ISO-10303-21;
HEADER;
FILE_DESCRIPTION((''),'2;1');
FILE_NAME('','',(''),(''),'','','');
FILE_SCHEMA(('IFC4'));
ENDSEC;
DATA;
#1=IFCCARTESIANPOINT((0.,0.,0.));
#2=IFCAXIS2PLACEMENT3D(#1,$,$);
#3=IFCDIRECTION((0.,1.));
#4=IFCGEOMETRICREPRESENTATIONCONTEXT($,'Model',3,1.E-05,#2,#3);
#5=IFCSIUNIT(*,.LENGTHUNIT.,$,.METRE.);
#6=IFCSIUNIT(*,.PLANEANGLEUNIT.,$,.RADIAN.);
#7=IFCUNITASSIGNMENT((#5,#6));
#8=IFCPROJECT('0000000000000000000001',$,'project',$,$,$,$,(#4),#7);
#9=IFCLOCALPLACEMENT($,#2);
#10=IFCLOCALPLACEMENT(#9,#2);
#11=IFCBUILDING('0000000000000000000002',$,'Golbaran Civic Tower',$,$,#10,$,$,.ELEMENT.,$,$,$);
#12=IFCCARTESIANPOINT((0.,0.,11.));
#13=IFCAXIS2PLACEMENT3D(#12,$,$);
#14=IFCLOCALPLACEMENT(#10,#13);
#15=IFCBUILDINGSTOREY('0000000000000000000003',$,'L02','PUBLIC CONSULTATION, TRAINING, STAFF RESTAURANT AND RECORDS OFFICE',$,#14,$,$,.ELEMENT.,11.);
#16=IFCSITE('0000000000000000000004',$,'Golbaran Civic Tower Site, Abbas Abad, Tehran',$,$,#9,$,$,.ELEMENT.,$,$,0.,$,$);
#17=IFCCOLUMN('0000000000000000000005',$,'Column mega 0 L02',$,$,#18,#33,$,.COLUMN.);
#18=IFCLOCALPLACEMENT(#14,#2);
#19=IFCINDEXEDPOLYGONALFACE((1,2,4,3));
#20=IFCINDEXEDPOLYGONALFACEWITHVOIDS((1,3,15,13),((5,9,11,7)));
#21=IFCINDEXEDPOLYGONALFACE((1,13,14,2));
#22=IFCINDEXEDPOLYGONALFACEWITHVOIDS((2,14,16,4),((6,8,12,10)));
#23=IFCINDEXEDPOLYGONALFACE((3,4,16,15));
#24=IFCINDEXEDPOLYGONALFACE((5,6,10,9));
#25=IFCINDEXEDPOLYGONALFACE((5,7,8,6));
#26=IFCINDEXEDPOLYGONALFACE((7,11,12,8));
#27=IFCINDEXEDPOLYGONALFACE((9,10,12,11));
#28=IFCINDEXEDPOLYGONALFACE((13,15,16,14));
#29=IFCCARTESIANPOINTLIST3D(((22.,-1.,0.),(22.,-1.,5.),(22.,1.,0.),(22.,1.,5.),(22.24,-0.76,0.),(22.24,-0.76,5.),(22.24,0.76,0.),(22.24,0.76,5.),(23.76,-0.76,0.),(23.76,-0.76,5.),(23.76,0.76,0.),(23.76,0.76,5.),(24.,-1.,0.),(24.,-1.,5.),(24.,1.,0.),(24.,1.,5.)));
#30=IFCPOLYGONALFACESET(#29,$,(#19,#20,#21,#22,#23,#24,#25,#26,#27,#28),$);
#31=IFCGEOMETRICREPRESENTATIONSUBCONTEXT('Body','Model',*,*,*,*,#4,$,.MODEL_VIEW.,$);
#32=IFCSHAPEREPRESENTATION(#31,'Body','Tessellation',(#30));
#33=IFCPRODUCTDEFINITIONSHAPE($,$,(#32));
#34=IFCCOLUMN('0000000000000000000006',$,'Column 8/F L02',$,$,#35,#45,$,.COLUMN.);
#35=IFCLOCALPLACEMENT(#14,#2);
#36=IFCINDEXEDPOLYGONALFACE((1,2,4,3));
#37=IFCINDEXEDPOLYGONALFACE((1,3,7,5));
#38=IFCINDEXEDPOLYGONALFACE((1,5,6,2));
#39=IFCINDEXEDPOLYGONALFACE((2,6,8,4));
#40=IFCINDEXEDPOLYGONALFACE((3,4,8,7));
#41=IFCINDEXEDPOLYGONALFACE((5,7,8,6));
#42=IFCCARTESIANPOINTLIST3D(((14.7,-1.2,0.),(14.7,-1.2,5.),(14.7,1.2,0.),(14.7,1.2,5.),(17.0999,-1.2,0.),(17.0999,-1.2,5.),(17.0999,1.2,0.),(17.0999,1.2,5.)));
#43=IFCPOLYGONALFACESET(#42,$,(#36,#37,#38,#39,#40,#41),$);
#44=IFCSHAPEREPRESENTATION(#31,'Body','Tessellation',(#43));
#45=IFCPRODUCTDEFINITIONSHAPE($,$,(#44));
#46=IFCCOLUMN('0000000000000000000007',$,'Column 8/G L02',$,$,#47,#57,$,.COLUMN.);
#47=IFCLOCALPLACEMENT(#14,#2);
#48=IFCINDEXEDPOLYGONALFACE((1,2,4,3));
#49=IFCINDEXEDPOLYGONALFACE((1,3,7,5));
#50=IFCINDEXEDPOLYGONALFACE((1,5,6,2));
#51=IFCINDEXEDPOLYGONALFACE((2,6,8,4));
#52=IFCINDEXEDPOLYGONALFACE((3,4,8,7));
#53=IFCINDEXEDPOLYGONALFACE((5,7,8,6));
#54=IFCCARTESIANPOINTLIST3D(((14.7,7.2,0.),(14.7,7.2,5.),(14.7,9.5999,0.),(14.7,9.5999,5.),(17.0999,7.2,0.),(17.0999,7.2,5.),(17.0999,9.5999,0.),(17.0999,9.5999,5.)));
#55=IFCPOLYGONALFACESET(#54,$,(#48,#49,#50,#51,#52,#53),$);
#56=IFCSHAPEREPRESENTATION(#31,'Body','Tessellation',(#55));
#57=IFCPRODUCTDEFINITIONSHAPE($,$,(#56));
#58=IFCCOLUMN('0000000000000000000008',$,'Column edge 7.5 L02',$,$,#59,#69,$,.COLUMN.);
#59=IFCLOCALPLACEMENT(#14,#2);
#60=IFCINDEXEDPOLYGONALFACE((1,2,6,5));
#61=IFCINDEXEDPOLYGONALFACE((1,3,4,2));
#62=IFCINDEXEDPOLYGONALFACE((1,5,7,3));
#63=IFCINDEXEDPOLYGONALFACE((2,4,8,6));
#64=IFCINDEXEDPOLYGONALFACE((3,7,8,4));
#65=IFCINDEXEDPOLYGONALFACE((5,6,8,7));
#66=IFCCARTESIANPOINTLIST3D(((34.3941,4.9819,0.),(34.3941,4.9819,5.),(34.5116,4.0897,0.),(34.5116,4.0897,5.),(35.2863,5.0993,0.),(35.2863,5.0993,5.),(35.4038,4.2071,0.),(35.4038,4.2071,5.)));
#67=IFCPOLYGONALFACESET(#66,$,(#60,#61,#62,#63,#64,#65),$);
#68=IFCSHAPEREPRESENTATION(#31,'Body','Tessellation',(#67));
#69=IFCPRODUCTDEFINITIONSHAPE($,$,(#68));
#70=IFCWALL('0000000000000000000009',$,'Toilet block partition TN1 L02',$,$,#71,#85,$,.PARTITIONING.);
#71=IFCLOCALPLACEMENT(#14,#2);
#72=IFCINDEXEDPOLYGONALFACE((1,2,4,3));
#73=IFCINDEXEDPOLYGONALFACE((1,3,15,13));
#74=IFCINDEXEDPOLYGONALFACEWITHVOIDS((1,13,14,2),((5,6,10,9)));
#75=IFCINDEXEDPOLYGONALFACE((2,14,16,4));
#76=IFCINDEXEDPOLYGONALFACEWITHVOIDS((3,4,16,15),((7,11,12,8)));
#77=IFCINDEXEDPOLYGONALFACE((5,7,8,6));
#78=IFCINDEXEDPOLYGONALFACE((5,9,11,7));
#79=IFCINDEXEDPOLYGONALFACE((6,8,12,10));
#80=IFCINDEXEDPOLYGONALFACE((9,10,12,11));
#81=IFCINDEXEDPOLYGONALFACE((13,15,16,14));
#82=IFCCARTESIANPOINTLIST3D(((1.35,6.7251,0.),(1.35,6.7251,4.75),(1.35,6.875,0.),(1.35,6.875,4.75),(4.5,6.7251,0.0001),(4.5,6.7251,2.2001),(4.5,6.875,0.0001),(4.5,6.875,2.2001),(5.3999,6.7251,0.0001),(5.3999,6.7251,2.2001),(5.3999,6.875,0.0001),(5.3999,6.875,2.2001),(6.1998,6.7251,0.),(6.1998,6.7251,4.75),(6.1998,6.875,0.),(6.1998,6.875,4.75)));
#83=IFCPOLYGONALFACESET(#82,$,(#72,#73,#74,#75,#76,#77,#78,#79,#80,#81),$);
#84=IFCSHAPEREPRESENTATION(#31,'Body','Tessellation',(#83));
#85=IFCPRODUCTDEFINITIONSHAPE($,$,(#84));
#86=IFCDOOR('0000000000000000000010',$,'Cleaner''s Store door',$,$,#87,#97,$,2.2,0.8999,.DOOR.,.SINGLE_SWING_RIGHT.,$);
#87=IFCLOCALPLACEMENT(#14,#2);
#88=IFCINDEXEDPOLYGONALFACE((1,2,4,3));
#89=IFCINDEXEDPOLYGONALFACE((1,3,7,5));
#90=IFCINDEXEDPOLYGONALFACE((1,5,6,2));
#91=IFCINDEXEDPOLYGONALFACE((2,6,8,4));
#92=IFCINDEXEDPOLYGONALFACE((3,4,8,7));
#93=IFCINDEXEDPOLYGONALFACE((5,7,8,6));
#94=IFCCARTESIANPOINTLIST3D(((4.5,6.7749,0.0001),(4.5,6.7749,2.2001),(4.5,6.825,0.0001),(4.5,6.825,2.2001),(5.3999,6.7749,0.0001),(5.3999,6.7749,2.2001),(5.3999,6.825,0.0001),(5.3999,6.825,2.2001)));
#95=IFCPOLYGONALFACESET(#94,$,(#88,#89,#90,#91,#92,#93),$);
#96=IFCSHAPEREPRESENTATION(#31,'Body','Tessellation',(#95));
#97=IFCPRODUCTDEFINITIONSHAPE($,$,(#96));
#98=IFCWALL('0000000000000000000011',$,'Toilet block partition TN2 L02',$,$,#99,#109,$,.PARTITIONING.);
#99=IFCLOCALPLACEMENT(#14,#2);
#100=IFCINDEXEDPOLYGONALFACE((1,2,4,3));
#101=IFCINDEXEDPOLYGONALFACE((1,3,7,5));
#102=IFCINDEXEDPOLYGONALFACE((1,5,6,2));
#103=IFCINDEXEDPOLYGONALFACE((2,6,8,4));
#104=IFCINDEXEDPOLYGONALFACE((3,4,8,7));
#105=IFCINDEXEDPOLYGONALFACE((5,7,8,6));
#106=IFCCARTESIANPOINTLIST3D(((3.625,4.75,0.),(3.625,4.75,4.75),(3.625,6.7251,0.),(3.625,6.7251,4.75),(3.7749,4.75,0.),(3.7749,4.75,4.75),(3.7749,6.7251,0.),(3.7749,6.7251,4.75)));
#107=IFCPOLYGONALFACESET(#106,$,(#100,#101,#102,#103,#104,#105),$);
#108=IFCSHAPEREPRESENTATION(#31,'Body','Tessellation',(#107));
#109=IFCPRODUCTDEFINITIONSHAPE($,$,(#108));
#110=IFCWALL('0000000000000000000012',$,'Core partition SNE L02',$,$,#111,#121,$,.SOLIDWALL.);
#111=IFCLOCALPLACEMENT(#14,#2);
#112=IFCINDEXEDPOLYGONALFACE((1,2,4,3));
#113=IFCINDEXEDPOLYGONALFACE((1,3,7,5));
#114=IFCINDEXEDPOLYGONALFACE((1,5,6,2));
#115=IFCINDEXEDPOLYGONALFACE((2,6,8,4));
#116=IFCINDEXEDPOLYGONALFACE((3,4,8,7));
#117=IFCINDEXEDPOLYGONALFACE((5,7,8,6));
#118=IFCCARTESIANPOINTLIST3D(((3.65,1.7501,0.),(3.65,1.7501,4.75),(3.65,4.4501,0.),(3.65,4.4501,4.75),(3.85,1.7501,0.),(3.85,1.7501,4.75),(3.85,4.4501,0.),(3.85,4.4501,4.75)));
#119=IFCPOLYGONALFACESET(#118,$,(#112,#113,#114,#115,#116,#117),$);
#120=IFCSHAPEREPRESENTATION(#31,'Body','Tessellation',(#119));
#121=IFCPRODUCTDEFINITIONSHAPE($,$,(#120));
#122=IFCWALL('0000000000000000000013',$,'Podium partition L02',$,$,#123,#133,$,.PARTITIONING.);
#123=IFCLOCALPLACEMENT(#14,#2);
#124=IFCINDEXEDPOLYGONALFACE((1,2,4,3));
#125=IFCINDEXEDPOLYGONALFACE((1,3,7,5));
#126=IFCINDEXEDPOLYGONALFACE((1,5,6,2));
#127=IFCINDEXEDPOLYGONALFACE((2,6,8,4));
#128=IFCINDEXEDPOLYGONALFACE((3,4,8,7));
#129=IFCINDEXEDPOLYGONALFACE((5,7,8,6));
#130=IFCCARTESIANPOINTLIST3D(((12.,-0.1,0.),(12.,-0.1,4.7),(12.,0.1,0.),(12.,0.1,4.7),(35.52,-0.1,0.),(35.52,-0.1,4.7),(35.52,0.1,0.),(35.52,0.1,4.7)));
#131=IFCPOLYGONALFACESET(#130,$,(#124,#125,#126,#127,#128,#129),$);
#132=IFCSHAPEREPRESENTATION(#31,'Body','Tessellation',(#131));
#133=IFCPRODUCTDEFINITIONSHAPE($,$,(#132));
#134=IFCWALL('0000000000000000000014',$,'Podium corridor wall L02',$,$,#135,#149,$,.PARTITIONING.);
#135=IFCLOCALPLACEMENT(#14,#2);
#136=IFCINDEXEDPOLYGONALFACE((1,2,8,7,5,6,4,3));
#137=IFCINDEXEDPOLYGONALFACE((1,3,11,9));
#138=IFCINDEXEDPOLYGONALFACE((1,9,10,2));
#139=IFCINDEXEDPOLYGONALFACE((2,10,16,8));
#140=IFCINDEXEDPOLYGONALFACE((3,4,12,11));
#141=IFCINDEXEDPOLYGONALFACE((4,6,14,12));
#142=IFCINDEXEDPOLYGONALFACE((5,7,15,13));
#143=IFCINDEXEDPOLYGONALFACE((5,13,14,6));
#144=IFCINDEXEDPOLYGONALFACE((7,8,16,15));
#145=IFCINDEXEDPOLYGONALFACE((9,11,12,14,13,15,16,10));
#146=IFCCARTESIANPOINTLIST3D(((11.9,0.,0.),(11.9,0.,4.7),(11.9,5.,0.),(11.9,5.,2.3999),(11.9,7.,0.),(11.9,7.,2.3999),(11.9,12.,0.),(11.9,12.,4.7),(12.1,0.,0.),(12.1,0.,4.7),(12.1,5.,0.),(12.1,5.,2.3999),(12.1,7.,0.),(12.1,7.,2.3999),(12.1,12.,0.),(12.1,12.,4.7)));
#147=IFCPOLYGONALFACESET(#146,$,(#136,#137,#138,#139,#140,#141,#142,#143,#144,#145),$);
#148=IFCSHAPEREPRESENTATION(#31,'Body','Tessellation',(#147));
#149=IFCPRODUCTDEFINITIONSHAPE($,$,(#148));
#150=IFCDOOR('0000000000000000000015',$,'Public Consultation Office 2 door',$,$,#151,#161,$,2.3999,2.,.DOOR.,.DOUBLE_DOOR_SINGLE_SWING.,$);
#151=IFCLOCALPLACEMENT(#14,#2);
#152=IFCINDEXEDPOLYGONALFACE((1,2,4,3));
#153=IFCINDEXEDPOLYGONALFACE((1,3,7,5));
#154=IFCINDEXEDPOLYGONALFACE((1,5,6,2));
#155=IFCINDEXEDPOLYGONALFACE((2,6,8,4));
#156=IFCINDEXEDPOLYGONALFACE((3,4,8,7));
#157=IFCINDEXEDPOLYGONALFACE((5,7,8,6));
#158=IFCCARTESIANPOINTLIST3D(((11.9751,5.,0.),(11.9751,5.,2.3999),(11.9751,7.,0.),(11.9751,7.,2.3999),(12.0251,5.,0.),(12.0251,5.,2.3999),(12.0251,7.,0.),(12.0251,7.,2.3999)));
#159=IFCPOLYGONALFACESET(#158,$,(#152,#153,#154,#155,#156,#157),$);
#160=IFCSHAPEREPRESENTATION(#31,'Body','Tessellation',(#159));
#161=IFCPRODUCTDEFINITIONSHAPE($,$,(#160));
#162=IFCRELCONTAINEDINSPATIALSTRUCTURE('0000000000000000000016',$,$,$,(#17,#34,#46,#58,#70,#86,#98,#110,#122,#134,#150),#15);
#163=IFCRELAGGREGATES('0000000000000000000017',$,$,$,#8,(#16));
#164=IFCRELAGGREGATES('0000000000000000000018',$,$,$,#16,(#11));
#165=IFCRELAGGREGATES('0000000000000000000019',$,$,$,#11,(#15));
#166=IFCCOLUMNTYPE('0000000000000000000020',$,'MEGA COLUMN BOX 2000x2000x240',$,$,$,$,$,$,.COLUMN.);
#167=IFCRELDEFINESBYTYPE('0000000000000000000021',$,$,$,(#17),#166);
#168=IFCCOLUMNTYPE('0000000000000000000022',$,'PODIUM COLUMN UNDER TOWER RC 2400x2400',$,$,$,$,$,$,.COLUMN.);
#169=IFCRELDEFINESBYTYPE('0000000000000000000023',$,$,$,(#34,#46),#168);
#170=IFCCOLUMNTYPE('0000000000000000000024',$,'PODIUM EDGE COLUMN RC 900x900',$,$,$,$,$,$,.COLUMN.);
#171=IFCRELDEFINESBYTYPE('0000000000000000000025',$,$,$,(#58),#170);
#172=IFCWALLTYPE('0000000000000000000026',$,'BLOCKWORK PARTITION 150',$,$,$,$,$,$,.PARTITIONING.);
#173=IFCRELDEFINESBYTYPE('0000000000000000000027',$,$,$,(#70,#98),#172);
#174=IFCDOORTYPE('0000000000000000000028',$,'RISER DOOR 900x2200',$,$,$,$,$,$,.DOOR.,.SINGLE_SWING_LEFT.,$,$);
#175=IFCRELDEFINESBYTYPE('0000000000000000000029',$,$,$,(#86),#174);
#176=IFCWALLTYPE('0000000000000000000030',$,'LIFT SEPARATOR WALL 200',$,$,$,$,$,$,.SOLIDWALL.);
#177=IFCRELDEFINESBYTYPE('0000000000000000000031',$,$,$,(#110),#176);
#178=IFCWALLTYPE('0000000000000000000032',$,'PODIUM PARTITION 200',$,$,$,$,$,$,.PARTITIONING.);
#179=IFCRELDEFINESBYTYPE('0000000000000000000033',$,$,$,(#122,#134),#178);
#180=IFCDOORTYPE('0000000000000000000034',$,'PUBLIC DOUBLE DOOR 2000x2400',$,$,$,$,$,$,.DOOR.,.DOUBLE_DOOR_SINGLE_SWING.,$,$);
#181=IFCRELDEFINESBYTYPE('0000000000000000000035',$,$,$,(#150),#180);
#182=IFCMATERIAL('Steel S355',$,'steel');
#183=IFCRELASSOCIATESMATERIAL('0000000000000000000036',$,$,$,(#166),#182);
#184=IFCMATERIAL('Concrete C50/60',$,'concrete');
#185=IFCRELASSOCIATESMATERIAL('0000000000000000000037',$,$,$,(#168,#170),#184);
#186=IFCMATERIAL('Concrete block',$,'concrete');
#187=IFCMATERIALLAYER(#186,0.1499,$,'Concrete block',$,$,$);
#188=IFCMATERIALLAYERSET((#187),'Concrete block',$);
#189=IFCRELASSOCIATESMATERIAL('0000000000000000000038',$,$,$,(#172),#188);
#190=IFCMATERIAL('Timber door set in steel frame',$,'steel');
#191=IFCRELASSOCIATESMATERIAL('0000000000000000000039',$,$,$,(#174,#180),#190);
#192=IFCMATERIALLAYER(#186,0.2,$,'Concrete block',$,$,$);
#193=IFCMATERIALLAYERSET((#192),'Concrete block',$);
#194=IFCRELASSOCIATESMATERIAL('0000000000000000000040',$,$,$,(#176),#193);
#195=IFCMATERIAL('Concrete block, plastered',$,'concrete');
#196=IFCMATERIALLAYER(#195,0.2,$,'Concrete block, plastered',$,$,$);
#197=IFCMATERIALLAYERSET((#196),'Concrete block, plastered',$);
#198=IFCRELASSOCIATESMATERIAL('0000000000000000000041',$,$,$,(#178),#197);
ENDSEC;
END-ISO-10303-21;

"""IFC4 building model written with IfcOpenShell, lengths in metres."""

from ifc_helpers import new_model, si_unit, direction, frame, frame_2d, origin, origin_2d, place, context, subcontext, project, spatial, rectangle, hollow_rectangle, extrude, material, layer, layer_set, material_profile, profile_set, type_object, element, fill, save


model = new_model("IFC4")

# Units and contexts
model_context = context("Model", 3, precision=1e-05, world=origin(), true_north=direction((0.0, 1.0)))
body_context = subcontext(model_context, "Body", "Model", "MODEL_VIEW")
ifc_project = project(units=[si_unit("LENGTHUNIT", "METRE"), si_unit("PLANEANGLEUNIT", "RADIAN")], contexts=[model_context])

# Site, building, storey
site_placement = place(None, origin())
site = spatial("IfcSite", under=ifc_project, at=site_placement, Name="Golbaran Civic Tower Site, Abbas Abad, Tehran", CompositionType="ELEMENT", RefElevation=0.0)
building_placement = place(site_placement, origin())
building = spatial("IfcBuilding", under=site, at=building_placement, Name="Golbaran Civic Tower", CompositionType="ELEMENT")
storey_placement = place(building_placement, frame((0.0, 0.0, 11.0)))
storey = spatial("IfcBuildingStorey", under=building, at=storey_placement, Name="L02", Description="PUBLIC CONSULTATION, TRAINING, STAFF RESTAURANT AND RECORDS OFFICE", CompositionType="ELEMENT", Elevation=11.0)

# Columns
ifc_material_1 = material(Name="Steel S355", Category="steel")
ifc_material_profile_1 = material_profile(ifc_material_1, hollow_rectangle(XDim=2.0, YDim=2.0, WallThickness=0.24, at=origin_2d()), Name="BOX 2000x2000x240")
ifc_profile_set_1 = profile_set([ifc_material_profile_1], Name="Steel S355")
column_type_1 = type_object("IfcColumnType", Name="MEGA COLUMN BOX 2000x2000x240", PredefinedType="COLUMN", material=ifc_profile_set_1)
column_1_placement = place(storey_placement, frame((23.0, 0.0, 0.0), z_axis=(0.0, 0.0, 1.0), x_axis=(1.0, 0.0, 0.0)))
element("IfcColumn", 1, at=column_1_placement, inside=storey, type_object=column_type_1, Name="Column mega 0 L02", PredefinedType="COLUMN", context=body_context, shape_type="SweptSolid", body=[
    extrude(hollow_rectangle(XDim=2.0, YDim=2.0, WallThickness=0.24, at=origin_2d()), origin(), (0.0, 0.0, 1.0), 5.0),
])
ifc_material_2 = material(Name="Concrete C50/60", Category="concrete")
ifc_material_profile_2 = material_profile(ifc_material_2, rectangle(XDim=2.3999, YDim=2.3999, at=origin_2d()), Name="RC 2400x2400")
ifc_profile_set_2 = profile_set([ifc_material_profile_2], Name="Concrete C50/60")
column_type_2 = type_object("IfcColumnType", Name="PODIUM COLUMN UNDER TOWER RC 2400x2400", PredefinedType="COLUMN", material=ifc_profile_set_2)
for number, where, z_axis, x_axis, name in (
    (2, (15.8999, 0.0, 0.0), (0.0, 0.0, 1.0), (1.0, 0.0, 0.0), "Column 8/F L02"),
    (3, (15.8999, 8.3999, 0.0), (0.0, 0.0, 1.0), (1.0, 0.0, 0.0), "Column 8/G L02"),
):
    element("IfcColumn", number, at=place(storey_placement, frame(where, z_axis=z_axis, x_axis=x_axis)), inside=storey, type_object=column_type_2, Name=name, PredefinedType="COLUMN", context=body_context, shape_type="SweptSolid", body=[
        extrude(rectangle(XDim=2.3999, YDim=2.3999, at=origin_2d()), origin(), (0.0, 0.0, 1.0), 5.0),
    ])
ifc_material_profile_3 = material_profile(ifc_material_2, rectangle(XDim=0.8999, YDim=0.8999, at=origin_2d()), Name="RC 900x900")
ifc_profile_set_3 = profile_set([ifc_material_profile_3], Name="Concrete C50/60")
column_type_3 = type_object("IfcColumnType", Name="PODIUM EDGE COLUMN RC 900x900", PredefinedType="COLUMN", material=ifc_profile_set_3)
column_2_placement = place(storey_placement, frame((34.8989, 4.5945, 0.0), z_axis=(0.0, 0.0, 1.0), x_axis=(0.991445, 0.130526, 0.0)))
element("IfcColumn", 4, at=column_2_placement, inside=storey, type_object=column_type_3, Name="Column edge 7.5 L02", PredefinedType="COLUMN", context=body_context, shape_type="SweptSolid", body=[
    extrude(rectangle(XDim=0.8999, YDim=0.8999, at=origin_2d()), origin(), (0.0, 0.0, 1.0), 5.0),
])

# Wall, opening, door
ifc_material_3 = material(Name="Concrete block", Category="concrete")
ifc_layer_1 = layer(ifc_material_3, 0.1499, Name="Concrete block")
ifc_layer_set_1 = layer_set([ifc_layer_1], Name="Concrete block")
wall_type_1 = type_object("IfcWallType", Name="BLOCKWORK PARTITION 150", PredefinedType="PARTITIONING", material=ifc_layer_set_1)
wall_1_placement = place(storey_placement, frame((1.3501, 6.8, 0.0), z_axis=(0.0, 0.0, 1.0), x_axis=(1.0, 0.0, 0.0)))
wall_1 = element("IfcWall", 5, at=wall_1_placement, inside=storey, type_object=wall_type_1, Name="Toilet block partition TN1 L02", PredefinedType="PARTITIONING", context=body_context, shape_type="SweptSolid", body=[
    extrude(rectangle(XDim=4.8499, YDim=0.1499, at=frame_2d((2.4248, 0.0))), origin(), (0.0, 0.0, 1.0), 4.75),
])
opening_1_placement = place(wall_1_placement, frame((3.1499, 0.0, 0.0)))
opening_1 = element("IfcOpeningElement", 6, at=opening_1_placement, cuts=wall_1, PredefinedType="OPENING", context=body_context, shape_type="SweptSolid", body=[
    extrude(rectangle(XDim=0.8999, YDim=2.2, at=frame_2d((0.45, 1.1001))), frame((0.0, 0.085, 0.0), z_axis=(0.0, -1.0, 0.0), x_axis=(1.0, 0.0, 0.0)), (0.0, 0.0, 1.0), 0.1699),
])
ifc_material_4 = material(Name="Timber door set in steel frame", Category="steel")
door_type_1 = type_object("IfcDoorType", Name="RISER DOOR 900x2200", OperationType="SINGLE_SWING_LEFT", PredefinedType="DOOR", material=ifc_material_4)
door_1_placement = place(opening_1_placement, origin())
door_1 = element("IfcDoor", 7, at=door_1_placement, inside=storey, type_object=door_type_1, Name="Cleaner's Store door", OperationType="SINGLE_SWING_RIGHT", OverallHeight=2.2, OverallWidth=0.8999, PredefinedType="DOOR", context=body_context, shape_type="SweptSolid", body=[
    extrude(rectangle(XDim=0.8999, YDim=2.2, at=frame_2d((0.45, 1.1001))), frame((0.0, 0.0249, 0.0), z_axis=(0.0, -1.0, 0.0), x_axis=(1.0, 0.0, 0.0)), (0.0, 0.0, 1.0), 0.05),
])
fill(opening_1, door_1)

# Walls
wall_2_placement = place(storey_placement, frame((3.7, 4.75, 0.0), z_axis=(0.0, 0.0, 1.0), x_axis=(0.0, 1.0, 0.0)))
element("IfcWall", 8, at=wall_2_placement, inside=storey, type_object=wall_type_1, Name="Toilet block partition TN2 L02", PredefinedType="PARTITIONING", context=body_context, shape_type="SweptSolid", body=[
    extrude(rectangle(XDim=1.9751, YDim=0.1499, at=frame_2d((0.9875, 0.0))), origin(), (0.0, 0.0, 1.0), 4.75),
])
ifc_layer_2 = layer(ifc_material_3, 0.2, Name="Concrete block")
ifc_layer_set_2 = layer_set([ifc_layer_2], Name="Concrete block")
wall_type_2 = type_object("IfcWallType", Name="LIFT SEPARATOR WALL 200", PredefinedType="SOLIDWALL", material=ifc_layer_set_2)
wall_3_placement = place(storey_placement, frame((3.75, 1.75, 0.0), z_axis=(0.0, 0.0, 1.0), x_axis=(0.0, 1.0, 0.0)))
element("IfcWall", 9, at=wall_3_placement, inside=storey, type_object=wall_type_2, Name="Core partition SNE L02", PredefinedType="SOLIDWALL", context=body_context, shape_type="SweptSolid", body=[
    extrude(rectangle(XDim=2.7, YDim=0.2, at=frame_2d((1.3501, 0.0))), origin(), (0.0, 0.0, 1.0), 4.75),
])
ifc_material_5 = material(Name="Concrete block, plastered", Category="concrete")
ifc_layer_3 = layer(ifc_material_5, 0.2, Name="Concrete block, plastered")
ifc_layer_set_3 = layer_set([ifc_layer_3], Name="Concrete block, plastered")
wall_type_3 = type_object("IfcWallType", Name="PODIUM PARTITION 200", PredefinedType="PARTITIONING", material=ifc_layer_set_3)
wall_4_placement = place(storey_placement, frame((12.0, 0.0, 0.0), z_axis=(0.0, 0.0, 1.0), x_axis=(1.0, 0.0, 0.0)))
element("IfcWall", 10, at=wall_4_placement, inside=storey, type_object=wall_type_3, Name="Podium partition L02", PredefinedType="PARTITIONING", context=body_context, shape_type="SweptSolid", body=[
    extrude(rectangle(XDim=23.52, YDim=0.2, at=frame_2d((11.76, 0.0))), origin(), (0.0, 0.0, 1.0), 4.7),
])

# Wall, opening, door
wall_5_placement = place(storey_placement, frame((12.0, 0.0, 0.0), z_axis=(0.0, 0.0, 1.0), x_axis=(0.0, 1.0, 0.0)))
wall_5 = element("IfcWall", 11, at=wall_5_placement, inside=storey, type_object=wall_type_3, Name="Podium corridor wall L02", PredefinedType="PARTITIONING", context=body_context, shape_type="SweptSolid", body=[
    extrude(rectangle(XDim=12.0, YDim=0.2, at=frame_2d((6.0, 0.0))), origin(), (0.0, 0.0, 1.0), 4.7),
])
opening_2_placement = place(wall_5_placement, frame((5.0, 0.0, 0.0)))
opening_2 = element("IfcOpeningElement", 12, at=opening_2_placement, cuts=wall_5, PredefinedType="OPENING", context=body_context, shape_type="SweptSolid", body=[
    extrude(rectangle(XDim=2.0, YDim=2.3999, at=frame_2d((1.0, 1.2))), frame((0.0, 0.1099, 0.0), z_axis=(0.0, -1.0, 0.0), x_axis=(1.0, 0.0, 0.0)), (0.0, 0.0, 1.0), 0.22),
])
door_type_2 = type_object("IfcDoorType", Name="PUBLIC DOUBLE DOOR 2000x2400", OperationType="DOUBLE_DOOR_SINGLE_SWING", PredefinedType="DOOR", material=ifc_material_4)
door_2_placement = place(opening_2_placement, origin())
door_2 = element("IfcDoor", 13, at=door_2_placement, inside=storey, type_object=door_type_2, Name="Public Consultation Office 2 door", OperationType="DOUBLE_DOOR_SINGLE_SWING", OverallHeight=2.3999, OverallWidth=2.0, PredefinedType="DOOR", context=body_context, shape_type="SweptSolid", body=[
    extrude(rectangle(XDim=2.0, YDim=2.3999, at=frame_2d((1.0, 1.2))), frame((0.0, 0.0249, 0.0), z_axis=(0.0, -1.0, 0.0), x_axis=(1.0, 0.0, 0.0)), (0.0, 0.0, 1.0), 0.05),
])
fill(opening_2, door_2)

save(model, "model.ifc")
